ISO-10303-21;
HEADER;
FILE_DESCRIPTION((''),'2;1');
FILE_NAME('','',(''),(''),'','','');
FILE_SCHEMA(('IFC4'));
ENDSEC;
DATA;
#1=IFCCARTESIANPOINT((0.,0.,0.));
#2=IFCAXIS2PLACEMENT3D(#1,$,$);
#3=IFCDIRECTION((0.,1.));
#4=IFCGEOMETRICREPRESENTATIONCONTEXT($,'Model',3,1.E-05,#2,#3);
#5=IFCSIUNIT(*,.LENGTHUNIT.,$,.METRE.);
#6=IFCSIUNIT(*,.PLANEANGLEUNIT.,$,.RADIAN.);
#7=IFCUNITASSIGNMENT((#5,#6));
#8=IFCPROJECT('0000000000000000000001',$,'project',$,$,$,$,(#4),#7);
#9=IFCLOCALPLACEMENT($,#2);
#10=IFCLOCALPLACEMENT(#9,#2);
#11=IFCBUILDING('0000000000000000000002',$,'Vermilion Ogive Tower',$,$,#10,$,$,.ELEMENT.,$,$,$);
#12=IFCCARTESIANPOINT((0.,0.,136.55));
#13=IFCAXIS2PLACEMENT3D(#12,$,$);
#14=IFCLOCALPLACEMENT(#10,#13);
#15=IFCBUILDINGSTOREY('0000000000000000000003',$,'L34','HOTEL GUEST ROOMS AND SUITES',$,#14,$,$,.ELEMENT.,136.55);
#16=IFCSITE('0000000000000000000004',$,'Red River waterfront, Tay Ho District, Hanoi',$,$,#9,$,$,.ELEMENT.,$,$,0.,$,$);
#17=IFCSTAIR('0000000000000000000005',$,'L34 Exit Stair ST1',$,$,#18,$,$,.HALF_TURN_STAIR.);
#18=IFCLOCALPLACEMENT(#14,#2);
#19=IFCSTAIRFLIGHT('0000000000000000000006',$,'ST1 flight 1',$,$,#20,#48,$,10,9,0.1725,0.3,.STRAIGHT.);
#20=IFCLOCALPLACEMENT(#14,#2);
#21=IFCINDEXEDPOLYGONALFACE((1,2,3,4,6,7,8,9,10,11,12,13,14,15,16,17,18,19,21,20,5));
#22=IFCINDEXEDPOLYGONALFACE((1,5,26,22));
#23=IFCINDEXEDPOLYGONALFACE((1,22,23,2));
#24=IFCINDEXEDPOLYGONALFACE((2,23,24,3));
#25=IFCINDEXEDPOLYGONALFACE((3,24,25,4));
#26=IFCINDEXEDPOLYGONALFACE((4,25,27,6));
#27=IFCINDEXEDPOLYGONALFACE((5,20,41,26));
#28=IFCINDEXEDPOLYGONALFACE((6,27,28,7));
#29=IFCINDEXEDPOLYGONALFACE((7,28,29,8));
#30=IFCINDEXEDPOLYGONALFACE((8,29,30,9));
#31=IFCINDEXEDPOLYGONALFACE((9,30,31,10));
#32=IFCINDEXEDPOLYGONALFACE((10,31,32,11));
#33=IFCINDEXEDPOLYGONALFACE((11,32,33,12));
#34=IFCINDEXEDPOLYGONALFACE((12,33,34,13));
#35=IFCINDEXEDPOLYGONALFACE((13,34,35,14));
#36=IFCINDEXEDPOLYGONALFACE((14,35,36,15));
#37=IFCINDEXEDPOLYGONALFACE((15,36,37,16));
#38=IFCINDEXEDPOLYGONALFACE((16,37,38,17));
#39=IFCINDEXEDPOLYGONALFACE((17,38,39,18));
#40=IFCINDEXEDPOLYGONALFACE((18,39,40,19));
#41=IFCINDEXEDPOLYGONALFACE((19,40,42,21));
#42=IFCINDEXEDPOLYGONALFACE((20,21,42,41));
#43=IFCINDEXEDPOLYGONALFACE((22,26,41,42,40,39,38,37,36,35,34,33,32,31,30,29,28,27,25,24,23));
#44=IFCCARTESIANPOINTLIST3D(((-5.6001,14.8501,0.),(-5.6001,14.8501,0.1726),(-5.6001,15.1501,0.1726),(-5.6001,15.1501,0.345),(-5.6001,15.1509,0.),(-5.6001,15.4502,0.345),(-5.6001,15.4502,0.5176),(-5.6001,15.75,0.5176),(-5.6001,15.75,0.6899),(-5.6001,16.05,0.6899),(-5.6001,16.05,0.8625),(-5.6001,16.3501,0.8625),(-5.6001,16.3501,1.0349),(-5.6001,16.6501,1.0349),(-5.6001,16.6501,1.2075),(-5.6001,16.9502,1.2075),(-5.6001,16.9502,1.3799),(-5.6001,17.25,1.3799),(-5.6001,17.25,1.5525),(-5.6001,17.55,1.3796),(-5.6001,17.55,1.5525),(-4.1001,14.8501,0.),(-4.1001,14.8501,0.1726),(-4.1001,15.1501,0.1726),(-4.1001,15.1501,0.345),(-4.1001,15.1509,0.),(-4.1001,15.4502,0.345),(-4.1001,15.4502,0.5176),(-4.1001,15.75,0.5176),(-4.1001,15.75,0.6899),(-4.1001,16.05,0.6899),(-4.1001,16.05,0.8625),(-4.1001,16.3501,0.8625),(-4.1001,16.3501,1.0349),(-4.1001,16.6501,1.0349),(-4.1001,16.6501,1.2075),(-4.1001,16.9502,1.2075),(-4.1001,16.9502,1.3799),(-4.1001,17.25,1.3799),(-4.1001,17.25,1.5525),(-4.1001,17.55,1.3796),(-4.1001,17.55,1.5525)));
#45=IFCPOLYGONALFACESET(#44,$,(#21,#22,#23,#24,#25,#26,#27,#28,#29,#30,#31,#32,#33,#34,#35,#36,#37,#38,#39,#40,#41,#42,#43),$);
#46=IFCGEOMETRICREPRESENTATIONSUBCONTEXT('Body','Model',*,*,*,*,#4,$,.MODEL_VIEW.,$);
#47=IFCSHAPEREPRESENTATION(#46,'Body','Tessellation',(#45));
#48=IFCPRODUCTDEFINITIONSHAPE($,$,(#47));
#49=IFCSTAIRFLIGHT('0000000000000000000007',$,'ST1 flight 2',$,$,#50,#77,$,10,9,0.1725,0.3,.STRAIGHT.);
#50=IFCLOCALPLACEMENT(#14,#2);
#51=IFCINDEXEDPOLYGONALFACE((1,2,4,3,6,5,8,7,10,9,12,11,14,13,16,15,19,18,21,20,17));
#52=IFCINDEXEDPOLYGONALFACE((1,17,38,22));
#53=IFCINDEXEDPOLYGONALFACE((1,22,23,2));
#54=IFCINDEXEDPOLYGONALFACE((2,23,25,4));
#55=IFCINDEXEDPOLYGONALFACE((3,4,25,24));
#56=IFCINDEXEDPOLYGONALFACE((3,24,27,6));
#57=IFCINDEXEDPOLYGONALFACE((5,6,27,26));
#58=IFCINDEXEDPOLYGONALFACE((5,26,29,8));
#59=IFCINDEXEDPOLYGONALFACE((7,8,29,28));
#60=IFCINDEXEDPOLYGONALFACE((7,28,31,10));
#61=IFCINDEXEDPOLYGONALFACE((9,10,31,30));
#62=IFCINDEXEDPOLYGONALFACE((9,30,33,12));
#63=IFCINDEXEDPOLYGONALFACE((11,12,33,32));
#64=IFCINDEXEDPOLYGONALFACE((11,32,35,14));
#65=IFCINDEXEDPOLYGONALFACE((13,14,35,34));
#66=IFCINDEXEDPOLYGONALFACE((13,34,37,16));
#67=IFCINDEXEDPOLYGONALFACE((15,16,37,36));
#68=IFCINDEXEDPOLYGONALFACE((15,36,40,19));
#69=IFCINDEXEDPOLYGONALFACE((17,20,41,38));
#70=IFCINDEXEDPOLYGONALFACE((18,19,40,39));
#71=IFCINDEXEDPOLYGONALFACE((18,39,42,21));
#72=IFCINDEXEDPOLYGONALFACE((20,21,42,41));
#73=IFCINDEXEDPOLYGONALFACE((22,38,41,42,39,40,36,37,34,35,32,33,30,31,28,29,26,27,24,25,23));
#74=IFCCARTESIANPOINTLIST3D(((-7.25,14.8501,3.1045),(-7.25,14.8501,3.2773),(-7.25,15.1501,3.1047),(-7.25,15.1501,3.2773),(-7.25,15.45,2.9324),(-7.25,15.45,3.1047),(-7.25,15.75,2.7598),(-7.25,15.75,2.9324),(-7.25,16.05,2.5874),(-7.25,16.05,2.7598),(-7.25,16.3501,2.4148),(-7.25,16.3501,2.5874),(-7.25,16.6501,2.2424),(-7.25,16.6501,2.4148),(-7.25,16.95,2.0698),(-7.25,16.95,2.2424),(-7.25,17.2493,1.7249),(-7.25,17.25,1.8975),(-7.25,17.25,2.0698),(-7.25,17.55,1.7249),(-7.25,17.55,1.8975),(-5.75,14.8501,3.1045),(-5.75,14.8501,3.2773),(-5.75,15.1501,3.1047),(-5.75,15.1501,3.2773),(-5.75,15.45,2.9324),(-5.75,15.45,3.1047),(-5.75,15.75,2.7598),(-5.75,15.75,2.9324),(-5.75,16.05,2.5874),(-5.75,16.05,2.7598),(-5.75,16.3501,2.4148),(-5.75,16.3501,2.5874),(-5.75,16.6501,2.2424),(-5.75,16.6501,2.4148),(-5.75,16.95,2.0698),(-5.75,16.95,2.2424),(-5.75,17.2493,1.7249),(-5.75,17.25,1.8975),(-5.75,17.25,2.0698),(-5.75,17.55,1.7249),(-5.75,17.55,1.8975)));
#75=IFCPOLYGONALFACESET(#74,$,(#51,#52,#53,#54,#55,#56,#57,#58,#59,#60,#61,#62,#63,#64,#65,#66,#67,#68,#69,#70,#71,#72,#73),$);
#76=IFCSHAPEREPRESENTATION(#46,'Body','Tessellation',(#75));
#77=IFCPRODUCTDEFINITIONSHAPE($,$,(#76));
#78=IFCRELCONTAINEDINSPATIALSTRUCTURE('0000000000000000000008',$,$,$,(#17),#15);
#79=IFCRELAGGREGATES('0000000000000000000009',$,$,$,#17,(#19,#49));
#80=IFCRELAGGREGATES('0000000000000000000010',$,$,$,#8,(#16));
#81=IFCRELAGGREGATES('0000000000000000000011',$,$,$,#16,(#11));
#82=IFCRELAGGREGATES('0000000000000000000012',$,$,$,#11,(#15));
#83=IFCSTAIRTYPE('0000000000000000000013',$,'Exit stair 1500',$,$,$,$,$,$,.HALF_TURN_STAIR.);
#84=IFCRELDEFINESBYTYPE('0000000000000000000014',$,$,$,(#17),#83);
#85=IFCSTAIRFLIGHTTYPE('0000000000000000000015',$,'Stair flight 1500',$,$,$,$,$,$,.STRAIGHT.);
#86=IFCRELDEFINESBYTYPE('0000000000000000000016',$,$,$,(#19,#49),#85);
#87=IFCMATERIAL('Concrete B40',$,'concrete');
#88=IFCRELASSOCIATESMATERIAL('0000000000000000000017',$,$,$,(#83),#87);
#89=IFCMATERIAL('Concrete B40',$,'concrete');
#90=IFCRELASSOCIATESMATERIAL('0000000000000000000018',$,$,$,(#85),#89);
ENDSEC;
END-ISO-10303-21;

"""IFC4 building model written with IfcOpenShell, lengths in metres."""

from ifc_helpers import new_model, si_unit, direction, frame, origin, place, context, subcontext, project, spatial, polyline, outline, extrude, material, type_object, element, aggregate, save


model = new_model("IFC4")

# Units and contexts
model_context = context("Model", 3, precision=1e-05, world=origin(), true_north=direction((0.0, 1.0)))
body_context = subcontext(model_context, "Body", "Model", "MODEL_VIEW")
ifc_project = project(units=[si_unit("LENGTHUNIT", "METRE"), si_unit("PLANEANGLEUNIT", "RADIAN")], contexts=[model_context])

# Site, building, storey
site_placement = place(None, origin())
site = spatial("IfcSite", under=ifc_project, at=site_placement, Name="Red River waterfront, Tay Ho District, Hanoi", CompositionType="ELEMENT", RefElevation=0.0)
building_placement = place(site_placement, origin())
building = spatial("IfcBuilding", under=site, at=building_placement, Name="Vermilion Ogive Tower", CompositionType="ELEMENT")
storey_placement = place(building_placement, frame((0.0, 0.0, 136.55)))
storey = spatial("IfcBuildingStorey", under=building, at=storey_placement, Name="L34", Description="HOTEL GUEST ROOMS AND SUITES", CompositionType="ELEMENT", Elevation=136.55)

# Stair, stair flights
ifc_material_1 = material(Name="Concrete B40", Category="concrete")
stair_type = type_object("IfcStairType", Name="Exit stair 1500", PredefinedType="HALF_TURN_STAIR", material=ifc_material_1)
stair_placement = place(storey_placement, origin())
stair = element("IfcStair", 1, at=stair_placement, inside=storey, type_object=stair_type, Name="L34 Exit Stair ST1", PredefinedType="HALF_TURN_STAIR")
ifc_material_2 = material(Name="Concrete B40", Category="concrete")
stair_flight_type = type_object("IfcStairFlightType", Name="Stair flight 1500", PredefinedType="STRAIGHT", material=ifc_material_2)
stair_flight_1_placement = place(storey_placement, frame((-4.8501, 14.8501, 0.0), z_axis=(0.0, 0.0, 1.0), x_axis=(0.0, 1.0, 0.0)))
stair_flight_1 = element("IfcStairFlight", 2, at=stair_flight_1_placement, type_object=stair_flight_type, Name="ST1 flight 1", NumberOfRisers=10, NumberOfTreads=9, PredefinedType="STRAIGHT", RiserHeight=0.1725, TreadLength=0.3, context=body_context, shape_type="SweptSolid", body=[
    extrude(outline(polyline([(0.0, 0.0), (0.0, 0.1726), (0.3, 0.1726), (0.3, 0.345), (0.6001, 0.345), (0.6001, 0.5176), (0.8999, 0.5176), (0.8999, 0.6899), (1.2, 0.6899), (1.2, 0.8625), (1.5, 0.8625), (1.5, 1.0349), (1.8, 1.0349), (1.8, 1.2075), (2.1001, 1.2075), (2.1001, 1.3799), (2.3999, 1.3799), (2.3999, 1.5525), (2.7, 1.5525), (2.7, 1.7251), (2.7, 1.3796), (0.3008, 0.0), (0.0, 0.0)])), frame((0.0, 0.75, 0.0), z_axis=(0.0, -1.0, 0.0), x_axis=(1.0, 0.0, 0.0)), (0.0, 0.0, 1.0), 1.5),
])
stair_flight_2_placement = place(storey_placement, frame((-6.5, 17.55, 1.7249), z_axis=(0.0, 0.0, 1.0), x_axis=(0.0, -1.0, 0.0)))
stair_flight_2 = element("IfcStairFlight", 3, at=stair_flight_2_placement, type_object=stair_flight_type, Name="ST1 flight 2", NumberOfRisers=10, NumberOfTreads=9, PredefinedType="STRAIGHT", RiserHeight=0.1725, TreadLength=0.3, context=body_context, shape_type="SweptSolid", body=[
    extrude(outline(polyline([(0.0, 0.0), (0.0, 0.1726), (0.3, 0.1726), (0.3, 0.345), (0.6001, 0.345), (0.6001, 0.5176), (0.8999, 0.5176), (0.8999, 0.6899), (1.2, 0.6899), (1.2, 0.8625), (1.5, 0.8625), (1.5, 1.0349), (1.8, 1.0349), (1.8, 1.2075), (2.1001, 1.2075), (2.1001, 1.3799), (2.3999, 1.3799), (2.3999, 1.5525), (2.7, 1.5525), (2.7, 1.7251), (2.7, 1.3796), (0.3008, 0.0), (0.0, 0.0)])), frame((0.0, 0.75, 0.0), z_axis=(0.0, -1.0, 0.0), x_axis=(1.0, 0.0, 0.0)), (0.0, 0.0, 1.0), 1.5),
])
aggregate(stair, [stair_flight_1, stair_flight_2])

save(model, "model.ifc")
